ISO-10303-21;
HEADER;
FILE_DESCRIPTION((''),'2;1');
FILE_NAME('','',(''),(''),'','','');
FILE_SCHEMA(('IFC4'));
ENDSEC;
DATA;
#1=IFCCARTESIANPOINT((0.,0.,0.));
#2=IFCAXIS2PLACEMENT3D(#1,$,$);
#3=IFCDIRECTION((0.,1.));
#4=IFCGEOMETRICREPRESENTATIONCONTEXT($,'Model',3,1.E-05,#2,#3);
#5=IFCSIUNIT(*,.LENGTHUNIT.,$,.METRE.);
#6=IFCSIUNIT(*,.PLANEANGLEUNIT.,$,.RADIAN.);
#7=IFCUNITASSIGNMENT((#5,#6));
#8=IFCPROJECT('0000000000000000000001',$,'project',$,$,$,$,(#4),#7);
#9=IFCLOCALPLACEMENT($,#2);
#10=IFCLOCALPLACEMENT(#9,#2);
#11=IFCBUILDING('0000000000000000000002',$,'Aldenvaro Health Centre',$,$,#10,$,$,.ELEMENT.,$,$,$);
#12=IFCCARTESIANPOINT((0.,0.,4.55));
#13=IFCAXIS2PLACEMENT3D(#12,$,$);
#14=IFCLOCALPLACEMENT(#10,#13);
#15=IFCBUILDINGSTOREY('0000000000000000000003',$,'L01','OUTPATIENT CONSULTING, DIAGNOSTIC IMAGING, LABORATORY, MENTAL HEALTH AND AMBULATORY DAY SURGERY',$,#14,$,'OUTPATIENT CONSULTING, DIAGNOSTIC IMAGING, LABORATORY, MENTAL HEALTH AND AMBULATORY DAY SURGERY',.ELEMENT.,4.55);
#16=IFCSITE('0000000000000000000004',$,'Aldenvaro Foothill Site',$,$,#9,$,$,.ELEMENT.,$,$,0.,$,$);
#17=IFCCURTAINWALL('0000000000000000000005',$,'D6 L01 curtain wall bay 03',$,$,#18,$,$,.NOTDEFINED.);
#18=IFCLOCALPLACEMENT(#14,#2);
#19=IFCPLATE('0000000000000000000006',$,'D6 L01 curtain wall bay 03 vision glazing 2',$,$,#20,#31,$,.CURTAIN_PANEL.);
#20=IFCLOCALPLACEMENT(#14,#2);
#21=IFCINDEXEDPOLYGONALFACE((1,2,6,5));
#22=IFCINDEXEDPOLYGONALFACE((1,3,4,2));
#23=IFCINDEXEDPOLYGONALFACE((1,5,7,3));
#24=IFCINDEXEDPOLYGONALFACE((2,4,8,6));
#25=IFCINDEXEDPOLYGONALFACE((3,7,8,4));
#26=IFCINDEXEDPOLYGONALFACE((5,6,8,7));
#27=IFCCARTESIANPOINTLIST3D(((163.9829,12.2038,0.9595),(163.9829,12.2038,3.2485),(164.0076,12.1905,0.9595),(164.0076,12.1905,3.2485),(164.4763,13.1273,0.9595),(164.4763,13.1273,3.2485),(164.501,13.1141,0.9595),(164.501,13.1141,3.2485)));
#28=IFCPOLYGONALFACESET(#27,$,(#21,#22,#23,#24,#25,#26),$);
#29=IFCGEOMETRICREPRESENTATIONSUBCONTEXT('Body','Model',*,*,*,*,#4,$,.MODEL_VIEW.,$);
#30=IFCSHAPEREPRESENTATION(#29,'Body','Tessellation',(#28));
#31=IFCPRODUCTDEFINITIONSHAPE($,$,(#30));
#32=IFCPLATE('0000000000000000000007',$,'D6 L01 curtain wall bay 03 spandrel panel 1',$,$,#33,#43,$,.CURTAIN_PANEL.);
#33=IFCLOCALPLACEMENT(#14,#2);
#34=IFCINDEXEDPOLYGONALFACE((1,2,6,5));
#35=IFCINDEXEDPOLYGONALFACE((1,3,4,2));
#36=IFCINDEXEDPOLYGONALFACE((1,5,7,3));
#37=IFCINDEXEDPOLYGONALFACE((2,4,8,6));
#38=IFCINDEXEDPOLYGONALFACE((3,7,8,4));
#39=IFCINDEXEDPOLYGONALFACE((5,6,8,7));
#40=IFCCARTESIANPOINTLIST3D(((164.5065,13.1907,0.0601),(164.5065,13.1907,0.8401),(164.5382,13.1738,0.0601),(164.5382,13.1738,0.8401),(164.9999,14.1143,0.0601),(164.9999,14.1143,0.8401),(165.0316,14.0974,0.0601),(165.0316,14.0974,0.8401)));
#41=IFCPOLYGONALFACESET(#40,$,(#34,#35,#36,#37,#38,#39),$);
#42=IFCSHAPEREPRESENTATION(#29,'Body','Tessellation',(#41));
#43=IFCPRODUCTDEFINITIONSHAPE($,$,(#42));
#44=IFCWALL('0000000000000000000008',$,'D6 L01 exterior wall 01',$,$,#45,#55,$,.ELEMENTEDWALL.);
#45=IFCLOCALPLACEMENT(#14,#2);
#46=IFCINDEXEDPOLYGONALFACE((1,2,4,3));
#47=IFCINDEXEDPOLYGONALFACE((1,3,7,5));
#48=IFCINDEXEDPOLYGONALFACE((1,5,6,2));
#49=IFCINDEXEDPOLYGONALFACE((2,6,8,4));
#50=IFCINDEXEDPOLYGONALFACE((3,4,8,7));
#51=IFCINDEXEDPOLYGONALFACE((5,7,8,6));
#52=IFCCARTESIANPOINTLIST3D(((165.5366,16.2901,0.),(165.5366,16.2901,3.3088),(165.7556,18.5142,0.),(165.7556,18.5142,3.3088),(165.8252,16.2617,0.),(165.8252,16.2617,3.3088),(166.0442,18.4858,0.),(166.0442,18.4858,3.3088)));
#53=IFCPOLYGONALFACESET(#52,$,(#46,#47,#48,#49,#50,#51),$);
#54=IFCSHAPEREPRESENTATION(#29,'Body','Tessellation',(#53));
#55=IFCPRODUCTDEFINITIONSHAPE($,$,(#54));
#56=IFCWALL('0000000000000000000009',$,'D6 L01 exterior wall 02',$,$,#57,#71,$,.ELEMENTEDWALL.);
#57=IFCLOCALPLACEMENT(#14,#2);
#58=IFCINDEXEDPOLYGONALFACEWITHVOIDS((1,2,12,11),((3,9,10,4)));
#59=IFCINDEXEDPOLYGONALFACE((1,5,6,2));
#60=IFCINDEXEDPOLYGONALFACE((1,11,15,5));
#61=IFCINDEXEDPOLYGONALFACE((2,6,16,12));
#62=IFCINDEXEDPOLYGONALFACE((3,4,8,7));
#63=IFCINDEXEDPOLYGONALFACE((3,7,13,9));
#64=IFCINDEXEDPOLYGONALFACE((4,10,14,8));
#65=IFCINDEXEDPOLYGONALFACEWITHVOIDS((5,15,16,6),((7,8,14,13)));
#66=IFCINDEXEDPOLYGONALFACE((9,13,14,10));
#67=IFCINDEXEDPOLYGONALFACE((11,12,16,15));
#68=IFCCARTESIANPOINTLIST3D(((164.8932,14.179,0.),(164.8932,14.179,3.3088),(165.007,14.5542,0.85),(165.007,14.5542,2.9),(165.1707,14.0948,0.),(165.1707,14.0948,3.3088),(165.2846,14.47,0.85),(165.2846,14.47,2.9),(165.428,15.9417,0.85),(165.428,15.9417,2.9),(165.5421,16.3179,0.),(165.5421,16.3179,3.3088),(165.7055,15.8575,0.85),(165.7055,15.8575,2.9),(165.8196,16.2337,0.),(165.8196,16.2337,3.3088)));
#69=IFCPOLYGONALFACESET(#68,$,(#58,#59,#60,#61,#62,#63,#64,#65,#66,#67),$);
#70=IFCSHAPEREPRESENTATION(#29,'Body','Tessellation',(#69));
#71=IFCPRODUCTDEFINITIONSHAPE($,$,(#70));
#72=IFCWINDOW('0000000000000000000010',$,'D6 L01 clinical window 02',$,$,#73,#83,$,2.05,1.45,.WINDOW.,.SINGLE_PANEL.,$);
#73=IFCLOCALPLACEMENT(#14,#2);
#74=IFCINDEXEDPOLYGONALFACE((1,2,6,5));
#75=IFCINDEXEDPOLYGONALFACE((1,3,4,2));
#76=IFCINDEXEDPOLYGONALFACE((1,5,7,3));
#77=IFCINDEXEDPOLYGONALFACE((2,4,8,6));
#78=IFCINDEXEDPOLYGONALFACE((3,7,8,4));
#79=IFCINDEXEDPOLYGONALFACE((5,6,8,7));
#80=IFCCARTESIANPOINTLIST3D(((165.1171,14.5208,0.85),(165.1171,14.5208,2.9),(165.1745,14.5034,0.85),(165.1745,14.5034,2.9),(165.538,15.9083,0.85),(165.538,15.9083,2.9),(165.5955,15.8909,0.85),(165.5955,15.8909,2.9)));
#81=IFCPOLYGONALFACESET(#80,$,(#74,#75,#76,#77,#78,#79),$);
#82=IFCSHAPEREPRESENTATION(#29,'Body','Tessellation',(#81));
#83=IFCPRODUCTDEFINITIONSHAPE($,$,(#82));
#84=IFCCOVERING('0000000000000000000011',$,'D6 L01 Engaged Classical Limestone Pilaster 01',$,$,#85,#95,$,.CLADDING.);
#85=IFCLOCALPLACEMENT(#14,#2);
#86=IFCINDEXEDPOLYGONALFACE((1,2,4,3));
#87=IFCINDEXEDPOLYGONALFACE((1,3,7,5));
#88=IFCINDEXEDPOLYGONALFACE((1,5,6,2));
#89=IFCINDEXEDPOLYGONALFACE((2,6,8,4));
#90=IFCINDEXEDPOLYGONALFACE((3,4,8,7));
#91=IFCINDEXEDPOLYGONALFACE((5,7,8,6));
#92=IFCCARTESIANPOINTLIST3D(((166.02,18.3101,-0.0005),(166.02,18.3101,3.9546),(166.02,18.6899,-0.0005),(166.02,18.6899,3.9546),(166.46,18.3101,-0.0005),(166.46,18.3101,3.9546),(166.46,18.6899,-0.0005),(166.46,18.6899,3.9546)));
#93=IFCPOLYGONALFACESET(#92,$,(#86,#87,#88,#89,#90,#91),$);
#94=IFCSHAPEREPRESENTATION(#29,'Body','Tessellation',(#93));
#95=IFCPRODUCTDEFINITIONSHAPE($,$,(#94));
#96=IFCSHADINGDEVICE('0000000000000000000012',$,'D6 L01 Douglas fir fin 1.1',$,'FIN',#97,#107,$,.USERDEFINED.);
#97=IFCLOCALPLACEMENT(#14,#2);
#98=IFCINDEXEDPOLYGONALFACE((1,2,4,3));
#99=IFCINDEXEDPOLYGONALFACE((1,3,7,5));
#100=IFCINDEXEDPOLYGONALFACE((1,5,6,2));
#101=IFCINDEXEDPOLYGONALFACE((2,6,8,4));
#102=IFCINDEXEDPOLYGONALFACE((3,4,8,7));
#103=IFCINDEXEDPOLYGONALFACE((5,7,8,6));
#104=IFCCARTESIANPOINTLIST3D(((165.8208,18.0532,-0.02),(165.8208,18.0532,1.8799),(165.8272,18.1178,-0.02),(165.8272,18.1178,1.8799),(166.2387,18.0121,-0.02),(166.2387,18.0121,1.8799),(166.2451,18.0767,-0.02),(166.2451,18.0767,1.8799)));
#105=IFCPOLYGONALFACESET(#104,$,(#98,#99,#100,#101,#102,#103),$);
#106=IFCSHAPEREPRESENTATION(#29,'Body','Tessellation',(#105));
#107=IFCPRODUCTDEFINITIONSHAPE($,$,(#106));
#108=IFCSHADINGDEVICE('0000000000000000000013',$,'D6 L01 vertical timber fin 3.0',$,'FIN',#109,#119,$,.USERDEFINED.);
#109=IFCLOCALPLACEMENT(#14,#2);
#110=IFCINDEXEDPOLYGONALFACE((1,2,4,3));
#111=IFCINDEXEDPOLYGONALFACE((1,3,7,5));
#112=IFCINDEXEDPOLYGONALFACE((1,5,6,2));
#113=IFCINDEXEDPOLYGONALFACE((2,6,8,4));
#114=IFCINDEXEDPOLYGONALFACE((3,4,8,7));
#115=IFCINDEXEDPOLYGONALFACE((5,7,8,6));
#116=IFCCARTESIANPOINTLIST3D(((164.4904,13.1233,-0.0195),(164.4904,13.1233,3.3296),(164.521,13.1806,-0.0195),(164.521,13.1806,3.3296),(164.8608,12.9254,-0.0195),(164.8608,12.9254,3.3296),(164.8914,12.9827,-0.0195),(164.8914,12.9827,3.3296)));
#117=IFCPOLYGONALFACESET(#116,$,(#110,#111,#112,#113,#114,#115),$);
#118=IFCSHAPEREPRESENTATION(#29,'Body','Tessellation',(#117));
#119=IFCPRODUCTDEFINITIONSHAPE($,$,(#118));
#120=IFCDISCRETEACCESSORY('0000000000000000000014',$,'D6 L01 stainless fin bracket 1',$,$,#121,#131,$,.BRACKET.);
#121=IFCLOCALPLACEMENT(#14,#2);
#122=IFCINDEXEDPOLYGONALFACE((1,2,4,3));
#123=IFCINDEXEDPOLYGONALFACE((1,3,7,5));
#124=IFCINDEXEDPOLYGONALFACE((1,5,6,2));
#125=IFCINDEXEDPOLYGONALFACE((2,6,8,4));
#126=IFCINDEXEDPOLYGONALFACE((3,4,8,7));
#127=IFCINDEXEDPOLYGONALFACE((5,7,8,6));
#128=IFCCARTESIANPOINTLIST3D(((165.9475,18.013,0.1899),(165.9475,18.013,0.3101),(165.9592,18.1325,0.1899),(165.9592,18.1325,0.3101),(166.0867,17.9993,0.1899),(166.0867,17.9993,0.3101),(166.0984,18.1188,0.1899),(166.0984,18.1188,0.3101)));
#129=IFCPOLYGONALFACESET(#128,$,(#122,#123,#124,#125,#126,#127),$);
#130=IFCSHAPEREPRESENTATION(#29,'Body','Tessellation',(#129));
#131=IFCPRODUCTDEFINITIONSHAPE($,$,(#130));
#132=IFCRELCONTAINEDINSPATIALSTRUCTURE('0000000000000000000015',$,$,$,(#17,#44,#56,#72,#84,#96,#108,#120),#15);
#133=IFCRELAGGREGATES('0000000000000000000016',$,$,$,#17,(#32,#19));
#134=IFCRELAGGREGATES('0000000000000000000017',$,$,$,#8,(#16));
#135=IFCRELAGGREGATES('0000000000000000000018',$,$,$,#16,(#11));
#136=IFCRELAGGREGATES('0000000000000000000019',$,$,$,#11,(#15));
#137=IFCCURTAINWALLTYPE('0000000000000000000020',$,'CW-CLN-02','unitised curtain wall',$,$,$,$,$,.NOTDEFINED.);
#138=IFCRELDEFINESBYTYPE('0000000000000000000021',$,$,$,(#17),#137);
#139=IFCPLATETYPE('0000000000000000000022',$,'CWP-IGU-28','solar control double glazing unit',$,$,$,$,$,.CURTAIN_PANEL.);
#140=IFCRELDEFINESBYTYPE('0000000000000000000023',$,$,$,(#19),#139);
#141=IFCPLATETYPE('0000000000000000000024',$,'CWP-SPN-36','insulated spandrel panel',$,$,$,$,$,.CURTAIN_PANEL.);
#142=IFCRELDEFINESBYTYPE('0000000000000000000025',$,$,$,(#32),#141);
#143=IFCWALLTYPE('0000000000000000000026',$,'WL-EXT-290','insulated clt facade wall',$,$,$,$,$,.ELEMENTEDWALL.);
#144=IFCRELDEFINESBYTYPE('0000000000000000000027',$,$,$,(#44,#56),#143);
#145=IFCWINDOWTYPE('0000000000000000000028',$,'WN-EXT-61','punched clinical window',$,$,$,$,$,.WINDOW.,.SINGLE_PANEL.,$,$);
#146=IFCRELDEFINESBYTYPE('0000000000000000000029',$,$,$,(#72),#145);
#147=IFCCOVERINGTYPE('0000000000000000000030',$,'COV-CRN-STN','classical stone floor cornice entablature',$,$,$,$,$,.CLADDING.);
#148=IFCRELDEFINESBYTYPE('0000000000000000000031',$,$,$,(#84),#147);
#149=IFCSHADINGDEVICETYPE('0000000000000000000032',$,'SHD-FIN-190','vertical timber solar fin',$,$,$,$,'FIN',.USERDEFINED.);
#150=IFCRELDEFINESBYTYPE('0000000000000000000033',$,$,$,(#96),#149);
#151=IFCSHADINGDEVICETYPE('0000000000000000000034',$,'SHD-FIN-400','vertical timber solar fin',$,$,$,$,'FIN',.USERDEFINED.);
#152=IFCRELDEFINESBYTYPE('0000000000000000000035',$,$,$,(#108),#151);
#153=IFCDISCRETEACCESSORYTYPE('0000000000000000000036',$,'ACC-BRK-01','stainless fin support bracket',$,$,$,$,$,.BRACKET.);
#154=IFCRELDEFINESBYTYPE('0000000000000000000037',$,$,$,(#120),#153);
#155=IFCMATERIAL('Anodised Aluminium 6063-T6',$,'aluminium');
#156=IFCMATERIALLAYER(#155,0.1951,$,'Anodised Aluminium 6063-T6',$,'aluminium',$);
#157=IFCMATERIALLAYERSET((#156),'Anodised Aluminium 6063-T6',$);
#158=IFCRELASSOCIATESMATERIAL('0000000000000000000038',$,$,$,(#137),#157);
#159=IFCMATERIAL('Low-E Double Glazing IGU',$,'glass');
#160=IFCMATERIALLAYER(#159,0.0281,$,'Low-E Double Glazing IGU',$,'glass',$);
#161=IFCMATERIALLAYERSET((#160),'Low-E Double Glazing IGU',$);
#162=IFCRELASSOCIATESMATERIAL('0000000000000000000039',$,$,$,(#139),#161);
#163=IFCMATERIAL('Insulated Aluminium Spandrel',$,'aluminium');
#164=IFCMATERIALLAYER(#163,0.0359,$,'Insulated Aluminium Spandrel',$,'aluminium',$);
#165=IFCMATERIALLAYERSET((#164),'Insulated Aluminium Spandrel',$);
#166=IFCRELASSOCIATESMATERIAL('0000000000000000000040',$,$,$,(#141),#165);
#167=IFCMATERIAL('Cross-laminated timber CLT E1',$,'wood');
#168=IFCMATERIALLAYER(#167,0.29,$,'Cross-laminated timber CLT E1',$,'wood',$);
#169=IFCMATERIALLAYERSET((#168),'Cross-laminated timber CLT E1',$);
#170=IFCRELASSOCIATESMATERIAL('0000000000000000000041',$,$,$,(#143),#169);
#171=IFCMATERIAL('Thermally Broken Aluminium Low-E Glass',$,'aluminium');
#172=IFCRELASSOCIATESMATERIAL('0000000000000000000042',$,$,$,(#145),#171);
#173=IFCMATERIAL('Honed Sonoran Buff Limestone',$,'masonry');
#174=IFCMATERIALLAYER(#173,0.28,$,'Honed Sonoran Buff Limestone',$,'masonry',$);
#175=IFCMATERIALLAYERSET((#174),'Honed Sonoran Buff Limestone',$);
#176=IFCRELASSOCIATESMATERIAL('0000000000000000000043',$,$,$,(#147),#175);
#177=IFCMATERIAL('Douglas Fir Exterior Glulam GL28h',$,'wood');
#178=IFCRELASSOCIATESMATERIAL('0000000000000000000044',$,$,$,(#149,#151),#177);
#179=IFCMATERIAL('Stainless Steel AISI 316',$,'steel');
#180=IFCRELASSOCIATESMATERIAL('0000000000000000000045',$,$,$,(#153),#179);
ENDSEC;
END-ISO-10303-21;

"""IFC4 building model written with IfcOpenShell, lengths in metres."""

from ifc_helpers import new_model, si_unit, direction, frame, frame_2d, origin, origin_2d, place, context, subcontext, project, spatial, rectangle, extrude, material, layer, layer_set, type_object, element, fill, aggregate, save


model = new_model("IFC4")

# Units and contexts
model_context = context("Model", 3, precision=1e-05, world=origin(), true_north=direction((0.0, 1.0)))
body_context = subcontext(model_context, "Body", "Model", "MODEL_VIEW")
ifc_project = project(units=[si_unit("LENGTHUNIT", "METRE"), si_unit("PLANEANGLEUNIT", "RADIAN")], contexts=[model_context])

# Site, building, storey
site_placement = place(None, origin())
site = spatial("IfcSite", under=ifc_project, at=site_placement, Name="Aldenvaro Foothill Site", CompositionType="ELEMENT", RefElevation=0.0)
building_placement = place(site_placement, origin())
building = spatial("IfcBuilding", under=site, at=building_placement, Name="Aldenvaro Health Centre", CompositionType="ELEMENT")
storey_placement = place(building_placement, frame((0.0, 0.0, 4.55)))
storey = spatial("IfcBuildingStorey", under=building, at=storey_placement, Name="L01", Description="OUTPATIENT CONSULTING, DIAGNOSTIC IMAGING, LABORATORY, MENTAL HEALTH AND AMBULATORY DAY SURGERY", LongName="OUTPATIENT CONSULTING, DIAGNOSTIC IMAGING, LABORATORY, MENTAL HEALTH AND AMBULATORY DAY SURGERY", CompositionType="ELEMENT", Elevation=4.55)

# Curtain wall
ifc_material_1 = material(Name="Anodised Aluminium 6063-T6", Category="aluminium")
ifc_layer_1 = layer(ifc_material_1, 0.1951, Name="Anodised Aluminium 6063-T6", Category="aluminium")
ifc_layer_set_1 = layer_set([ifc_layer_1], Name="Anodised Aluminium 6063-T6")
curtain_wall_type = type_object("IfcCurtainWallType", Name="CW-CLN-02", Description="unitised curtain wall", PredefinedType="NOTDEFINED", material=ifc_layer_set_1)
curtain_wall_placement = place(storey_placement, origin())
curtain_wall = element("IfcCurtainWall", 1, at=curtain_wall_placement, inside=storey, type_object=curtain_wall_type, Name="D6 L01 curtain wall bay 03", PredefinedType="NOTDEFINED")

# Plates
ifc_material_2 = material(Name="Low-E Double Glazing IGU", Category="glass")
ifc_layer_2 = layer(ifc_material_2, 0.0281, Name="Low-E Double Glazing IGU", Category="glass")
ifc_layer_set_2 = layer_set([ifc_layer_2], Name="Low-E Double Glazing IGU")
plate_type_1 = type_object("IfcPlateType", Name="CWP-IGU-28", Description="solar control double glazing unit", PredefinedType="CURTAIN_PANEL", material=ifc_layer_set_2)
plate_1_placement = place(storey_placement, frame((164.2419, 12.6589, 0.9595), z_axis=(0.0, 0.0, 1.0), x_axis=(-0.471215, -0.882018, 0.0)))
plate_1 = element("IfcPlate", 2, at=plate_1_placement, type_object=plate_type_1, Name="D6 L01 curtain wall bay 03 vision glazing 2", PredefinedType="CURTAIN_PANEL", context=body_context, shape_type="SweptSolid", body=[
    extrude(rectangle(XDim=1.0471, YDim=0.0281, at=origin_2d()), origin(), (0.0, 0.0, 1.0), 2.2891),
])
ifc_material_3 = material(Name="Insulated Aluminium Spandrel", Category="aluminium")
ifc_layer_3 = layer(ifc_material_3, 0.0359, Name="Insulated Aluminium Spandrel", Category="aluminium")
ifc_layer_set_3 = layer_set([ifc_layer_3], Name="Insulated Aluminium Spandrel")
plate_type_2 = type_object("IfcPlateType", Name="CWP-SPN-36", Description="insulated spandrel panel", PredefinedType="CURTAIN_PANEL", material=ifc_layer_set_3)
plate_2_placement = place(storey_placement, frame((164.769, 13.644, 0.0601), z_axis=(0.0, 0.0, 1.0), x_axis=(-0.471215, -0.882018, 0.0)))
plate_2 = element("IfcPlate", 3, at=plate_2_placement, type_object=plate_type_2, Name="D6 L01 curtain wall bay 03 spandrel panel 1", PredefinedType="CURTAIN_PANEL", context=body_context, shape_type="SweptSolid", body=[
    extrude(rectangle(XDim=1.0471, YDim=0.0359, at=origin_2d()), origin(), (0.0, 0.0, 1.0), 0.78),
])
aggregate(curtain_wall, [plate_2, plate_1])

# Wall
ifc_material_4 = material(Name="Cross-laminated timber CLT E1", Category="wood")
ifc_layer_4 = layer(ifc_material_4, 0.29, Name="Cross-laminated timber CLT E1", Category="wood")
ifc_layer_set_4 = layer_set([ifc_layer_4], Name="Cross-laminated timber CLT E1")
wall_type = type_object("IfcWallType", Name="WL-EXT-290", Description="insulated clt facade wall", PredefinedType="ELEMENTEDWALL", material=ifc_layer_set_4)
wall_1_placement = place(storey_placement, frame((165.8999, 18.5, 0.0), z_axis=(0.0, 0.0, 1.0), x_axis=(-0.097989, -0.995187, 0.0)))
element("IfcWall", 4, at=wall_1_placement, inside=storey, type_object=wall_type, Name="D6 L01 exterior wall 01", PredefinedType="ELEMENTEDWALL", context=body_context, shape_type="SweptSolid", body=[
    extrude(rectangle(XDim=2.2349, YDim=0.29, at=frame_2d((1.1174, 0.0))), origin(), (0.0, 0.0, 1.0), 3.3088),
])

# Wall, opening, window
wall_2_placement = place(storey_placement, frame((165.6809, 16.2759, 0.0), z_axis=(0.0, 0.0, 1.0), x_axis=(-0.290323, -0.956929, 0.0)))
wall_2 = element("IfcWall", 5, at=wall_2_placement, inside=storey, type_object=wall_type, Name="D6 L01 exterior wall 02", PredefinedType="ELEMENTEDWALL", context=body_context, shape_type="SweptSolid", body=[
    extrude(rectangle(XDim=2.2351, YDim=0.29, at=frame_2d((1.1177, 0.0))), origin(), (0.0, 0.0, 1.0), 3.3088),
])
opening_placement = place(wall_2_placement, frame((0.3931, 0.0, 0.8501)))
opening = element("IfcOpeningElement", 6, at=opening_placement, cuts=wall_2, PredefinedType="OPENING", context=body_context, shape_type="SweptSolid", body=[
    extrude(rectangle(XDim=1.45, YDim=2.05, at=frame_2d((0.7251, 1.0249))), frame((0.0, 0.155, 0.0), z_axis=(0.0, -1.0, 0.0), x_axis=(1.0, 0.0, 0.0)), (0.0, 0.0, 1.0), 0.3101),
])
ifc_material_5 = material(Name="Thermally Broken Aluminium Low-E Glass", Category="aluminium")
window_type = type_object("IfcWindowType", Name="WN-EXT-61", Description="punched clinical window", PartitioningType="SINGLE_PANEL", PredefinedType="WINDOW", material=ifc_material_5)
window_placement = place(opening_placement, origin())
window = element("IfcWindow", 7, at=window_placement, inside=storey, type_object=window_type, Name="D6 L01 clinical window 02", OverallHeight=2.05, OverallWidth=1.45, PartitioningType="SINGLE_PANEL", PredefinedType="WINDOW", context=body_context, shape_type="SweptSolid", body=[
    extrude(rectangle(XDim=1.45, YDim=2.05, at=frame_2d((0.7251, 1.0249))), frame((0.0, 0.03, 0.0), z_axis=(0.0, -1.0, 0.0), x_axis=(1.0, 0.0, 0.0)), (0.0, 0.0, 1.0), 0.0601),
])
fill(opening, window)

# Covering
ifc_material_6 = material(Name="Honed Sonoran Buff Limestone", Category="masonry")
ifc_layer_5 = layer(ifc_material_6, 0.28, Name="Honed Sonoran Buff Limestone", Category="masonry")
ifc_layer_set_5 = layer_set([ifc_layer_5], Name="Honed Sonoran Buff Limestone")
covering_type = type_object("IfcCoveringType", Name="COV-CRN-STN", Description="classical stone floor cornice entablature", PredefinedType="CLADDING", material=ifc_layer_set_5)
covering_placement = place(storey_placement, frame((166.24, 18.5, -0.0005), z_axis=(0.0, 0.0, 1.0), x_axis=(1.0, 0.0, 0.0)))
element("IfcCovering", 8, at=covering_placement, inside=storey, type_object=covering_type, Name="D6 L01 Engaged Classical Limestone Pilaster 01", PredefinedType="CLADDING", context=body_context, shape_type="SweptSolid", body=[
    extrude(rectangle(XDim=0.4399, YDim=0.3799, at=origin_2d()), origin(), (0.0, 0.0, 1.0), 3.9551),
])

# Shading devices
ifc_material_7 = material(Name="Douglas Fir Exterior Glulam GL28h", Category="wood")
shading_device_type_1 = type_object("IfcShadingDeviceType", Name="SHD-FIN-190", Description="vertical timber solar fin", ElementType="FIN", PredefinedType="USERDEFINED", material=ifc_material_7)
shading_device_1_placement = place(storey_placement, frame((166.033, 18.0649, -0.02), z_axis=(0.0, 0.0, 1.0), x_axis=(-0.097997, -0.995187, 0.0)))
element("IfcShadingDevice", 9, at=shading_device_1_placement, inside=storey, type_object=shading_device_type_1, Name="D6 L01 Douglas fir fin 1.1", ObjectType="FIN", PredefinedType="USERDEFINED", context=body_context, shape_type="SweptSolid", body=[
    extrude(rectangle(XDim=0.0649, YDim=0.4199, at=origin_2d()), origin(), (0.0, 0.0, 1.0), 1.8999),
])
shading_device_type_2 = type_object("IfcShadingDeviceType", Name="SHD-FIN-400", Description="vertical timber solar fin", ElementType="FIN", PredefinedType="USERDEFINED", material=ifc_material_7)
shading_device_2_placement = place(storey_placement, frame((164.6909, 13.053, -0.0195), z_axis=(0.0, 0.0, 1.0), x_axis=(-0.471215, -0.882018, 0.0)))
element("IfcShadingDevice", 10, at=shading_device_2_placement, inside=storey, type_object=shading_device_type_2, Name="D6 L01 vertical timber fin 3.0", ObjectType="FIN", PredefinedType="USERDEFINED", context=body_context, shape_type="SweptSolid", body=[
    extrude(rectangle(XDim=0.0649, YDim=0.4199, at=origin_2d()), origin(), (0.0, 0.0, 1.0), 3.3491),
])

# Discrete accessory
ifc_material_8 = material(Name="Stainless Steel AISI 316", Category="steel")
discrete_accessory_type = type_object("IfcDiscreteAccessoryType", Name="ACC-BRK-01", Description="stainless fin support bracket", PredefinedType="BRACKET", material=ifc_material_8)
discrete_accessory_placement = place(storey_placement, frame((166.0229, 18.0659, 0.1899), z_axis=(0.0, 0.0, 1.0), x_axis=(-0.097997, -0.995187, 0.0)))
element("IfcDiscreteAccessory", 11, at=discrete_accessory_placement, inside=storey, type_object=discrete_accessory_type, Name="D6 L01 stainless fin bracket 1", PredefinedType="BRACKET", context=body_context, shape_type="SweptSolid", body=[
    extrude(rectangle(XDim=0.1201, YDim=0.1399, at=origin_2d()), origin(), (0.0, 0.0, 1.0), 0.1201),
])

save(model, "model.ifc")
